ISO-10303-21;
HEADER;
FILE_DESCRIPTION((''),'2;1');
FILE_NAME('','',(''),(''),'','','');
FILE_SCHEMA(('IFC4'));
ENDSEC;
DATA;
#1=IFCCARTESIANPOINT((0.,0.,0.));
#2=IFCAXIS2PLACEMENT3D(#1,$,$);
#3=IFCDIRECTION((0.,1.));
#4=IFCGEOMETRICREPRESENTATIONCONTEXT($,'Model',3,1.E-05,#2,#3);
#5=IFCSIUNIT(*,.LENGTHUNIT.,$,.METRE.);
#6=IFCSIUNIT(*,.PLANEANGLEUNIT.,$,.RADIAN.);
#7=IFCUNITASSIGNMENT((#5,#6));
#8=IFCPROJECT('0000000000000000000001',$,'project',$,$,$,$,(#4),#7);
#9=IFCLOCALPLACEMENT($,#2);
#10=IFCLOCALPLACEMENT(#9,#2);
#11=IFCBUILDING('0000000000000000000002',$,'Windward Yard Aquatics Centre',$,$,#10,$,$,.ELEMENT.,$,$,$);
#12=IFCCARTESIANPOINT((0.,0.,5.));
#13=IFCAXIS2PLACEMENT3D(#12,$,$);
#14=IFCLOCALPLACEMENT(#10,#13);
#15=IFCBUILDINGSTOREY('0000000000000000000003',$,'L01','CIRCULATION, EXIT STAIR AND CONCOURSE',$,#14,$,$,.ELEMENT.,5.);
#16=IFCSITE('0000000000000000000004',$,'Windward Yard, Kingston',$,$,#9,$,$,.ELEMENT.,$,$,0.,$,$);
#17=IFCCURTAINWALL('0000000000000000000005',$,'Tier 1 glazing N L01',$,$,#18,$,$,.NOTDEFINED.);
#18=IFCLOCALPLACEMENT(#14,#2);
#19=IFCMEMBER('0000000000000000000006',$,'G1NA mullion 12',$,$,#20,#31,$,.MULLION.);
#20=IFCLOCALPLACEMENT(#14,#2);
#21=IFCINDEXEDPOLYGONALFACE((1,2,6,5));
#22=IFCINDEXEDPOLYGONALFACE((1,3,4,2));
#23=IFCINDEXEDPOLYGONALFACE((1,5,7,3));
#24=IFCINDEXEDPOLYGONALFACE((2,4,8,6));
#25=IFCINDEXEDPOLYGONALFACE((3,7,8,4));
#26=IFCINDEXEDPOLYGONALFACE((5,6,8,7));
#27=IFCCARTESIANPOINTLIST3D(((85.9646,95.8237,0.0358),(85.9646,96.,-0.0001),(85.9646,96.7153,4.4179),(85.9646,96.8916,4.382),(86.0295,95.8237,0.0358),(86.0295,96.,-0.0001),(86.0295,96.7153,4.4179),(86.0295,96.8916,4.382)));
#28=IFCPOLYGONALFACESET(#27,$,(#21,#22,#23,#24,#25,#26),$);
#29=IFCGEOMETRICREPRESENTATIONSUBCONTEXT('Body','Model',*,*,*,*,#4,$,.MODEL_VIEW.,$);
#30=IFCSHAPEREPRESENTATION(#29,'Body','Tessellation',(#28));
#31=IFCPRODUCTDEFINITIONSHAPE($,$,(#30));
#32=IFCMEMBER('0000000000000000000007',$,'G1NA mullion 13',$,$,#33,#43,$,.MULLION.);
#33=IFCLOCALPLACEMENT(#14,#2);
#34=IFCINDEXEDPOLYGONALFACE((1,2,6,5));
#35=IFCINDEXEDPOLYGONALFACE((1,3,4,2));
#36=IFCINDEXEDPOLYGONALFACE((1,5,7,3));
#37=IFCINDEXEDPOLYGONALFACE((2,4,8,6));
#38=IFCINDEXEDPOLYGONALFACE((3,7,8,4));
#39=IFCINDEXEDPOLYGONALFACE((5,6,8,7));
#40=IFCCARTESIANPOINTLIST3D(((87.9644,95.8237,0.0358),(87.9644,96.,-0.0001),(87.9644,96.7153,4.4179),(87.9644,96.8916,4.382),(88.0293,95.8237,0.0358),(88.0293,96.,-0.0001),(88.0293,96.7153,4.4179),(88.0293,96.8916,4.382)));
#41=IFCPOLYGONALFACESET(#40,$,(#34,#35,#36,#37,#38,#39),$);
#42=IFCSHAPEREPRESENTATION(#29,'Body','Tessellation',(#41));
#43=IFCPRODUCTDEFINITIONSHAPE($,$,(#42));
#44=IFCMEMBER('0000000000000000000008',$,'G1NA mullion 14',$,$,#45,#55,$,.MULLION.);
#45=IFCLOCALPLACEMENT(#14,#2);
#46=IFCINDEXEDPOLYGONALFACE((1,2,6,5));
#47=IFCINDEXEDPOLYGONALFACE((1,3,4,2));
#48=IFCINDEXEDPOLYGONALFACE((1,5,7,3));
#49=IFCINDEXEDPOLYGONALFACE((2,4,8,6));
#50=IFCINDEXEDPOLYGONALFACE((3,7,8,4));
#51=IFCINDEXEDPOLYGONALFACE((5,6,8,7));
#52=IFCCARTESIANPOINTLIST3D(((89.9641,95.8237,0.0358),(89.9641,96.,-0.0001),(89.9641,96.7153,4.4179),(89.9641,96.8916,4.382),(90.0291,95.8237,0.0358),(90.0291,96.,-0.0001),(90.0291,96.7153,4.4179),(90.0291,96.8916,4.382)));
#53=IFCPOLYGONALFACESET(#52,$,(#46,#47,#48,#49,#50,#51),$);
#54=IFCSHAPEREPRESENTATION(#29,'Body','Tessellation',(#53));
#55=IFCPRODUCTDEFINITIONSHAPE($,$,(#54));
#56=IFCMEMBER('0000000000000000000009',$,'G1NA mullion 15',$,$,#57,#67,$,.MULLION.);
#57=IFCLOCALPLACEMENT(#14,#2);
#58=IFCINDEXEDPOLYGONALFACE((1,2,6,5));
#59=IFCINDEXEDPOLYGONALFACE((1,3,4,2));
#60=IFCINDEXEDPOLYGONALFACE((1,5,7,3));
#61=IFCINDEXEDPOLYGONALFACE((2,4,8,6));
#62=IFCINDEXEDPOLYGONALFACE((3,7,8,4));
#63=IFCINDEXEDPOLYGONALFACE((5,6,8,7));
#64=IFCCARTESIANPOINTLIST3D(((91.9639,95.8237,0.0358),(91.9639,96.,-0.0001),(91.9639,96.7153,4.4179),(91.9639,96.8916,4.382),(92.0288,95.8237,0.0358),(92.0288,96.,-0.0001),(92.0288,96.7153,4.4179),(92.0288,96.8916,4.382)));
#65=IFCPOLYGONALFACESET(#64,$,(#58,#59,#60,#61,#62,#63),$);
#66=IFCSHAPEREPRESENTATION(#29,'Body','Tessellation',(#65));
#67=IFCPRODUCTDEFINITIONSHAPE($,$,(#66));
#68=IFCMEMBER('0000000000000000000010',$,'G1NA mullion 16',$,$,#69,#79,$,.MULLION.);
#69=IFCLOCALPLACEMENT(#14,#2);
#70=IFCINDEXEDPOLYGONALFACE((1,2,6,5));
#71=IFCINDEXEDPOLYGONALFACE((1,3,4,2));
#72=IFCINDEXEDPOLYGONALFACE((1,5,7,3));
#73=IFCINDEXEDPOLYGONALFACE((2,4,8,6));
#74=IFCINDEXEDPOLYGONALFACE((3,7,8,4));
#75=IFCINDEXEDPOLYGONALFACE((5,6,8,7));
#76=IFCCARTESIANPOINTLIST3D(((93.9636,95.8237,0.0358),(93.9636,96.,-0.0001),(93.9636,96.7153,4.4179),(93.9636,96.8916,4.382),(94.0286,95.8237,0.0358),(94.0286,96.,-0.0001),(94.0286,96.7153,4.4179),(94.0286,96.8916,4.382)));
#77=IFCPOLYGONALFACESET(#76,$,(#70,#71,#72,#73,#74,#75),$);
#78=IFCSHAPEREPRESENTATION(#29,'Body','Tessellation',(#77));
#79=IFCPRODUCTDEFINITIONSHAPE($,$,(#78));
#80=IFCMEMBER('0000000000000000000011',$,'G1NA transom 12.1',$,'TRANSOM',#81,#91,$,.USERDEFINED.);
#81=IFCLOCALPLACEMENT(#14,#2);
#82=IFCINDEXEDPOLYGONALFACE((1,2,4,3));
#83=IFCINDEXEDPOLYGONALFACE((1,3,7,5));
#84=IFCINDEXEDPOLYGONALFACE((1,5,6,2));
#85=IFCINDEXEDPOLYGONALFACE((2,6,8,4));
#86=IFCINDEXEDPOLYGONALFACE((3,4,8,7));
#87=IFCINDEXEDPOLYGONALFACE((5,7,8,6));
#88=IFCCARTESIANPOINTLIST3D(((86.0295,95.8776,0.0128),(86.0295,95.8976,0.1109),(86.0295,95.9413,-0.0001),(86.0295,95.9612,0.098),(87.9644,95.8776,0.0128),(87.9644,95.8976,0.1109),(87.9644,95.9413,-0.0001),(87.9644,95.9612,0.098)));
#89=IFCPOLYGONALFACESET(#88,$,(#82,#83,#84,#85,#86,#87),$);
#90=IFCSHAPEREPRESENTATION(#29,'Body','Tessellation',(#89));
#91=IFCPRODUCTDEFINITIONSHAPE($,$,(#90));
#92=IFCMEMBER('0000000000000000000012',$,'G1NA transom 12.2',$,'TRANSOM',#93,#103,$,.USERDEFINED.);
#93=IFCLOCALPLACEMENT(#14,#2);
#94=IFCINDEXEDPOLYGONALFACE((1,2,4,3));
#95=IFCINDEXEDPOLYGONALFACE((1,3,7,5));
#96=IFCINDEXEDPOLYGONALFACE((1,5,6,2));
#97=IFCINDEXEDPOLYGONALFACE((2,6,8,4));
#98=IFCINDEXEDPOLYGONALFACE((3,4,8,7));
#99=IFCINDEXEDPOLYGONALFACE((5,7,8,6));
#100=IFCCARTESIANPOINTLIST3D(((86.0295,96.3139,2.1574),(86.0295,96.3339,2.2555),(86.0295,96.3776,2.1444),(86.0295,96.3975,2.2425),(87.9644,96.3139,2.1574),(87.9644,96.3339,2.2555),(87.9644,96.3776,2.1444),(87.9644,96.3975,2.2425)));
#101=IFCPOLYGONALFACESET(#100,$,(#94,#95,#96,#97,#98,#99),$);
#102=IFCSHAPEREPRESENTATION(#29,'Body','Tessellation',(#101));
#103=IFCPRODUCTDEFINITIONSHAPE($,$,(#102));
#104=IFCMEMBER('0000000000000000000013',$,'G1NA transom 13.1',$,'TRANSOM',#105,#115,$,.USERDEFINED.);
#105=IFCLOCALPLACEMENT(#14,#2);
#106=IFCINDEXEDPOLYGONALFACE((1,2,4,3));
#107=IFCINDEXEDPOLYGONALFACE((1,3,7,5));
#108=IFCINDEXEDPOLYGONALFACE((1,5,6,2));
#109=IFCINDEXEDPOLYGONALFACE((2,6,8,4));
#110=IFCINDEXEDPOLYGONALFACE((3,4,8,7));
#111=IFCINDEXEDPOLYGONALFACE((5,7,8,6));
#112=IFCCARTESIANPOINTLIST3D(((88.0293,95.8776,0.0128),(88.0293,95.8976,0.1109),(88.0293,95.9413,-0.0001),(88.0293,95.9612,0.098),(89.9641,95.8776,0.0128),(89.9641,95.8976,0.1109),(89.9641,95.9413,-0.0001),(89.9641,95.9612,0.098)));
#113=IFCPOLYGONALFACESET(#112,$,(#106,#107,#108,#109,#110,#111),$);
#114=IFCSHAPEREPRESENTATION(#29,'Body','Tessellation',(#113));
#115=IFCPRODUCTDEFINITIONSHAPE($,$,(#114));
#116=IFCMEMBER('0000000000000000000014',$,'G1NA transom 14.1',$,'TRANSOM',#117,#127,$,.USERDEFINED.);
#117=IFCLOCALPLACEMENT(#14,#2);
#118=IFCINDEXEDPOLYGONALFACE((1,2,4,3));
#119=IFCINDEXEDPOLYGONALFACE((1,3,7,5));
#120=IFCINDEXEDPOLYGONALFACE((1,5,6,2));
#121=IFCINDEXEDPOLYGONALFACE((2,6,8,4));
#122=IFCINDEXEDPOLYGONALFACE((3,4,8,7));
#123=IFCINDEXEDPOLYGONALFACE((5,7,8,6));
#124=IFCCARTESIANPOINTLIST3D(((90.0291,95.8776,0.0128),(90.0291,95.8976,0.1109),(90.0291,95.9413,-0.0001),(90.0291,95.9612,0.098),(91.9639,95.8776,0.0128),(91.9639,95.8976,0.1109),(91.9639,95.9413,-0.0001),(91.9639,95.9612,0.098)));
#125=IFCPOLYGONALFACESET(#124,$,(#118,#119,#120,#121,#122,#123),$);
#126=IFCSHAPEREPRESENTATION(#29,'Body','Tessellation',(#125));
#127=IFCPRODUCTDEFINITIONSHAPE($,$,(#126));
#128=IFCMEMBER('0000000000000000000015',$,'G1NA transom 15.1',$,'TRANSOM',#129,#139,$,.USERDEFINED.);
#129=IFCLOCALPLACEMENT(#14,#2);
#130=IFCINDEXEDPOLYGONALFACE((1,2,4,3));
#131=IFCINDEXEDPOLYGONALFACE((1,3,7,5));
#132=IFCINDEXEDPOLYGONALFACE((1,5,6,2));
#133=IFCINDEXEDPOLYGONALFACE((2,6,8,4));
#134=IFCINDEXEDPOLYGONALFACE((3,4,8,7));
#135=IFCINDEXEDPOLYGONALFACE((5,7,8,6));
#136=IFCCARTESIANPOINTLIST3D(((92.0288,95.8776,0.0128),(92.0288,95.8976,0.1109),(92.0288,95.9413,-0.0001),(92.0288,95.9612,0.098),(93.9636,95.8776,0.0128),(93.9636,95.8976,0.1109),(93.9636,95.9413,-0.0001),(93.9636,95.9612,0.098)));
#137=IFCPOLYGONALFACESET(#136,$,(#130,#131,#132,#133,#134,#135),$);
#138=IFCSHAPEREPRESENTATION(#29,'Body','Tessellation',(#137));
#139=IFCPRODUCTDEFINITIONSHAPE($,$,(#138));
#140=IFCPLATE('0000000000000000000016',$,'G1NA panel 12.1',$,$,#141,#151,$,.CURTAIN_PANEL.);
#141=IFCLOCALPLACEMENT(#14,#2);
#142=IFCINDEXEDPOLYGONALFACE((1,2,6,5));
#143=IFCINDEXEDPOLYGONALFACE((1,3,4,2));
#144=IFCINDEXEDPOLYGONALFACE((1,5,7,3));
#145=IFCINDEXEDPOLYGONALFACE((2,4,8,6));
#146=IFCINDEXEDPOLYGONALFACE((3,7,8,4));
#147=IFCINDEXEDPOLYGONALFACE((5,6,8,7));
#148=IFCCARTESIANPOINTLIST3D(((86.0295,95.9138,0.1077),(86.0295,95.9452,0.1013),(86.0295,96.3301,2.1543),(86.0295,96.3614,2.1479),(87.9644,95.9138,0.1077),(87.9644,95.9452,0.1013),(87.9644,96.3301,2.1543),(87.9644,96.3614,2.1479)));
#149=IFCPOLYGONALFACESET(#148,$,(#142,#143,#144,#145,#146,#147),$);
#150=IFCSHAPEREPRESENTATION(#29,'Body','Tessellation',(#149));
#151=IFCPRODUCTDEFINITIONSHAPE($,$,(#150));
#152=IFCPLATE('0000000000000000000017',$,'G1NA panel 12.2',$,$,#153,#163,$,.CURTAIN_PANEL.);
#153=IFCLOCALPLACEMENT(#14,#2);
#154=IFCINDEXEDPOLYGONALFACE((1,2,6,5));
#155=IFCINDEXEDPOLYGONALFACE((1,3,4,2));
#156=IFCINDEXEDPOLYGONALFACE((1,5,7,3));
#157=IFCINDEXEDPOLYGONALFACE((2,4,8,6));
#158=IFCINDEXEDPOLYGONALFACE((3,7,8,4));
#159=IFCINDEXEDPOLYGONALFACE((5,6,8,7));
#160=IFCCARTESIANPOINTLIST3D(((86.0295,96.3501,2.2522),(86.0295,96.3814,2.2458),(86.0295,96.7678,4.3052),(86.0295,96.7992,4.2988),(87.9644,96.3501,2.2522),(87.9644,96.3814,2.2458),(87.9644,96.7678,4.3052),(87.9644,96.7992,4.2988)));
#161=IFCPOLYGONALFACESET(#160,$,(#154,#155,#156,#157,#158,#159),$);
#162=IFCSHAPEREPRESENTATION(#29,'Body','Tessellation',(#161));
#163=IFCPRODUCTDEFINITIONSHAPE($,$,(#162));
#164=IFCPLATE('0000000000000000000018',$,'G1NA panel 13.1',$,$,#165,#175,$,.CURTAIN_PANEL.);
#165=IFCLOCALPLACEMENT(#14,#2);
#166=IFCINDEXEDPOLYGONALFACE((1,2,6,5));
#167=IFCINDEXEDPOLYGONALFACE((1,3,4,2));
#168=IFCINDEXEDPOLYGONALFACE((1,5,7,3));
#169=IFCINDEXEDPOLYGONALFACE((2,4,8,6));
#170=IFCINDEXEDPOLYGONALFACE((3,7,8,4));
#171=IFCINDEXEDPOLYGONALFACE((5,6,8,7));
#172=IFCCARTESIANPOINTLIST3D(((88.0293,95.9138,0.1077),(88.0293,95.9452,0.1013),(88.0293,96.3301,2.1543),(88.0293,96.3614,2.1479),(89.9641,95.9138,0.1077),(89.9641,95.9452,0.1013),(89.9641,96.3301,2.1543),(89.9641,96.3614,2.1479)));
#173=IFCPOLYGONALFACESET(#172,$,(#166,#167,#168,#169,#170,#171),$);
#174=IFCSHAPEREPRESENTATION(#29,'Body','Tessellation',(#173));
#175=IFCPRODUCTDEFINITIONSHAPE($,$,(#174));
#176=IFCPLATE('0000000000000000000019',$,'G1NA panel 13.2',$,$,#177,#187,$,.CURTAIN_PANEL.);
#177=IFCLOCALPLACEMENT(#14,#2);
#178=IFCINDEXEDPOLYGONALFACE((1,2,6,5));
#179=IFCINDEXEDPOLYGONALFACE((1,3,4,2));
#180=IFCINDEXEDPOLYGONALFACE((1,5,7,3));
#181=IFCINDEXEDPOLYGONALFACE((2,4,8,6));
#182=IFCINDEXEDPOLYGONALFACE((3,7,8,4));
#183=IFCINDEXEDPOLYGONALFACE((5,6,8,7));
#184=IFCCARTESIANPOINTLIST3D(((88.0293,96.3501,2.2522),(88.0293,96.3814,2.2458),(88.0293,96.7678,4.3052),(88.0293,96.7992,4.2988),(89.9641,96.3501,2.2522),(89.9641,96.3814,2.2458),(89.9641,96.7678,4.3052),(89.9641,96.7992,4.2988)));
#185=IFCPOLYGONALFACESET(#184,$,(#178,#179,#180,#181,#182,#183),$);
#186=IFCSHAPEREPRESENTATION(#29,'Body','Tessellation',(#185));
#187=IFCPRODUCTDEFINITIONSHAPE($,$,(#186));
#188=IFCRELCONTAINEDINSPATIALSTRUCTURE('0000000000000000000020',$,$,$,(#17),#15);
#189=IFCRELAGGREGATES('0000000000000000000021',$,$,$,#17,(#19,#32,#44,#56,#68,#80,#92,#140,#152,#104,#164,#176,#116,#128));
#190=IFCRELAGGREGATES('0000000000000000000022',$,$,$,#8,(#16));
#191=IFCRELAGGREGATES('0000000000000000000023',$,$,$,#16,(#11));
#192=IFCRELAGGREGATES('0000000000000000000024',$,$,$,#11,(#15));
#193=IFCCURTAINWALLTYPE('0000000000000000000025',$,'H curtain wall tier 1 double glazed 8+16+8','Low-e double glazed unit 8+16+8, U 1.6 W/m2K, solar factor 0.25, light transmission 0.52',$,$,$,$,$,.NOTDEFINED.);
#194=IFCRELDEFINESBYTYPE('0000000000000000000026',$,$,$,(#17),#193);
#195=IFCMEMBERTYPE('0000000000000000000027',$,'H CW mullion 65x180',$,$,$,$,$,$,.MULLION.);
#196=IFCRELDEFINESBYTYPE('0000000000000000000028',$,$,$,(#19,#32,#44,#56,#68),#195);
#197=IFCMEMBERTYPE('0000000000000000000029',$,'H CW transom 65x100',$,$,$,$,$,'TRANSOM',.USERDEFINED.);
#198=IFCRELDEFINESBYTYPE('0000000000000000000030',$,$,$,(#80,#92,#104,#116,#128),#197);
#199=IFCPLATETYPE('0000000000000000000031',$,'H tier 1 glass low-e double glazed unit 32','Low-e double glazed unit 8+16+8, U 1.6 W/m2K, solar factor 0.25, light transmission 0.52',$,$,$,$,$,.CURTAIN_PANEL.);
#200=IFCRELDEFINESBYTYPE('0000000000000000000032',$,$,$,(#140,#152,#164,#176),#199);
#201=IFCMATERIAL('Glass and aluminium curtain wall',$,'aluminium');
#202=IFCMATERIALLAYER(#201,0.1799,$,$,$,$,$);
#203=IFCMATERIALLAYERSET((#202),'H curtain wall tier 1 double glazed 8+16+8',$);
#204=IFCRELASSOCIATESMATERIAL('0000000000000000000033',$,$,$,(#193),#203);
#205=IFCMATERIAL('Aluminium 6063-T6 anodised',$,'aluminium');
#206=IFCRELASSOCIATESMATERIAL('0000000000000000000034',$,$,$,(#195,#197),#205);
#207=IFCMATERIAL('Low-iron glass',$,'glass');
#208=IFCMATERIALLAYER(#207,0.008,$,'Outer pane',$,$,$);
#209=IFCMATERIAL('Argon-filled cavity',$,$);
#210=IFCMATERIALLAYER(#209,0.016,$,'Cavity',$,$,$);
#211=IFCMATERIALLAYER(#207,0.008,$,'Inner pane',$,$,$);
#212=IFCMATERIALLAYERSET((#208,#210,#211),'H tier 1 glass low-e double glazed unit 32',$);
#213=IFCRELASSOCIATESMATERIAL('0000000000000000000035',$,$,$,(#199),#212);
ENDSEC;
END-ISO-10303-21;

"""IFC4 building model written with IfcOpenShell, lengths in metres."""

from ifc_helpers import new_model, si_unit, direction, frame, origin, origin_2d, place, context, subcontext, project, spatial, polyline, rectangle, outline, extrude, material, layer, layer_set, material_profile, profile_set, type_object, element, aggregate, save


model = new_model("IFC4")

# Units and contexts
model_context = context("Model", 3, precision=1e-05, world=origin(), true_north=direction((0.0, 1.0)))
body_context = subcontext(model_context, "Body", "Model", "MODEL_VIEW")
ifc_project = project(units=[si_unit("LENGTHUNIT", "METRE"), si_unit("PLANEANGLEUNIT", "RADIAN")], contexts=[model_context])

# Site, building, storey
site_placement = place(None, origin())
site = spatial("IfcSite", under=ifc_project, at=site_placement, Name="Windward Yard, Kingston", CompositionType="ELEMENT", RefElevation=0.0)
building_placement = place(site_placement, origin())
building = spatial("IfcBuilding", under=site, at=building_placement, Name="Windward Yard Aquatics Centre", CompositionType="ELEMENT")
storey_placement = place(building_placement, frame((0.0, 0.0, 5.0)))
storey = spatial("IfcBuildingStorey", under=building, at=storey_placement, Name="L01", Description="CIRCULATION, EXIT STAIR AND CONCOURSE", CompositionType="ELEMENT", Elevation=5.0)

# Curtain wall, members, plates
ifc_material_1 = material(Name="Glass and aluminium curtain wall", Category="aluminium")
ifc_layer_1 = layer(ifc_material_1, 0.1799)
ifc_layer_set_1 = layer_set([ifc_layer_1], Name="H curtain wall tier 1 double glazed 8+16+8")
curtain_wall_type = type_object("IfcCurtainWallType", Name="H curtain wall tier 1 double glazed 8+16+8", Description="Low-e double glazed unit 8+16+8, U 1.6 W/m2K, solar factor 0.25, light transmission 0.52", PredefinedType="NOTDEFINED", material=ifc_layer_set_1)
curtain_wall_placement = place(storey_placement, origin())
curtain_wall = element("IfcCurtainWall", 1, at=curtain_wall_placement, inside=storey, type_object=curtain_wall_type, Name="Tier 1 glazing N L01", PredefinedType="NOTDEFINED")
ifc_material_2 = material(Name="Aluminium 6063-T6 anodised", Category="aluminium")
ifc_material_profile_1 = material_profile(ifc_material_2, rectangle(XDim=0.0649, YDim=0.1799, at=origin_2d()), Name="H CW mullion 65x180")
ifc_profile_set_1 = profile_set([ifc_material_profile_1], Name="Aluminium 6063-T6 anodised")
member_type_1 = type_object("IfcMemberType", Name="H CW mullion 65x180", PredefinedType="MULLION", material=ifc_profile_set_1)
member_1_placement = place(storey_placement, frame((85.9971, 95.9119, 0.0178), z_axis=(0.0, 0.19938, 0.979922), x_axis=(-1.0, 0.0, 0.0)))
member_1 = element("IfcMember", 2, at=member_1_placement, type_object=member_type_1, Name="G1NA mullion 12", PredefinedType="MULLION", context=body_context, shape_type="SweptSolid", body=[
    extrude(rectangle(XDim=0.0649, YDim=0.1799, at=origin_2d()), origin(), (0.0, 0.0, 1.0), 4.4719),
])
member_2_placement = place(storey_placement, frame((87.9968, 95.9119, 0.0178), z_axis=(0.0, 0.19938, 0.979922), x_axis=(-1.0, 0.0, 0.0)))
member_2 = element("IfcMember", 3, at=member_2_placement, type_object=member_type_1, Name="G1NA mullion 13", PredefinedType="MULLION", context=body_context, shape_type="SweptSolid", body=[
    extrude(rectangle(XDim=0.0649, YDim=0.1799, at=origin_2d()), origin(), (0.0, 0.0, 1.0), 4.4719),
])
member_3_placement = place(storey_placement, frame((89.9966, 95.9119, 0.0178), z_axis=(0.0, 0.19938, 0.979922), x_axis=(-1.0, 0.0, 0.0)))
member_3 = element("IfcMember", 4, at=member_3_placement, type_object=member_type_1, Name="G1NA mullion 14", PredefinedType="MULLION", context=body_context, shape_type="SweptSolid", body=[
    extrude(rectangle(XDim=0.0649, YDim=0.1799, at=origin_2d()), origin(), (0.0, 0.0, 1.0), 4.4719),
])
member_4_placement = place(storey_placement, frame((91.9963, 95.9119, 0.0178), z_axis=(0.0, 0.19938, 0.979922), x_axis=(-1.0, 0.0, 0.0)))
member_4 = element("IfcMember", 5, at=member_4_placement, type_object=member_type_1, Name="G1NA mullion 15", PredefinedType="MULLION", context=body_context, shape_type="SweptSolid", body=[
    extrude(rectangle(XDim=0.0649, YDim=0.1799, at=origin_2d()), origin(), (0.0, 0.0, 1.0), 4.4719),
])
member_5_placement = place(storey_placement, frame((93.9961, 95.9119, 0.0178), z_axis=(0.0, 0.19938, 0.979922), x_axis=(-1.0, 0.0, 0.0)))
member_5 = element("IfcMember", 6, at=member_5_placement, type_object=member_type_1, Name="G1NA mullion 16", PredefinedType="MULLION", context=body_context, shape_type="SweptSolid", body=[
    extrude(rectangle(XDim=0.0649, YDim=0.1799, at=origin_2d()), origin(), (0.0, 0.0, 1.0), 4.4719),
])
ifc_material_profile_2 = material_profile(ifc_material_2, rectangle(XDim=0.0649, YDim=0.1001, at=origin_2d()), Name="H CW transom 65x100")
ifc_profile_set_2 = profile_set([ifc_material_profile_2], Name="Aluminium 6063-T6 anodised")
member_type_2 = type_object("IfcMemberType", Name="H CW transom 65x100", ElementType="TRANSOM", PredefinedType="USERDEFINED", material=ifc_profile_set_2)
member_6_placement = place(storey_placement, frame((86.0295, 95.9194, 0.0554), z_axis=(1.0, 0.0, 0.0), x_axis=(0.0, -0.979925, 0.199368)))
member_6 = element("IfcMember", 7, at=member_6_placement, type_object=member_type_2, Name="G1NA transom 12.1", ObjectType="TRANSOM", PredefinedType="USERDEFINED", context=body_context, shape_type="SweptSolid", body=[
    extrude(rectangle(XDim=0.0649, YDim=0.1001, at=origin_2d()), origin(), (0.0, 0.0, 1.0), 1.9348),
])
member_7_placement = place(storey_placement, frame((86.0295, 96.3557, 2.2), z_axis=(1.0, 0.0, 0.0), x_axis=(0.0, -0.979925, 0.199368)))
member_7 = element("IfcMember", 8, at=member_7_placement, type_object=member_type_2, Name="G1NA transom 12.2", ObjectType="TRANSOM", PredefinedType="USERDEFINED", context=body_context, shape_type="SweptSolid", body=[
    extrude(rectangle(XDim=0.0649, YDim=0.1001, at=origin_2d()), origin(), (0.0, 0.0, 1.0), 1.9348),
])
member_8_placement = place(storey_placement, frame((88.0293, 95.9194, 0.0554), z_axis=(1.0, 0.0, 0.0), x_axis=(0.0, -0.979925, 0.199368)))
member_8 = element("IfcMember", 9, at=member_8_placement, type_object=member_type_2, Name="G1NA transom 13.1", ObjectType="TRANSOM", PredefinedType="USERDEFINED", context=body_context, shape_type="SweptSolid", body=[
    extrude(rectangle(XDim=0.0649, YDim=0.1001, at=origin_2d()), origin(), (0.0, 0.0, 1.0), 1.9348),
])
member_9_placement = place(storey_placement, frame((90.0291, 95.9194, 0.0554), z_axis=(1.0, 0.0, 0.0), x_axis=(0.0, -0.979925, 0.199368)))
member_9 = element("IfcMember", 10, at=member_9_placement, type_object=member_type_2, Name="G1NA transom 14.1", ObjectType="TRANSOM", PredefinedType="USERDEFINED", context=body_context, shape_type="SweptSolid", body=[
    extrude(rectangle(XDim=0.0649, YDim=0.1001, at=origin_2d()), origin(), (0.0, 0.0, 1.0), 1.9348),
])
member_10_placement = place(storey_placement, frame((92.0288, 95.9194, 0.0554), z_axis=(1.0, 0.0, 0.0), x_axis=(0.0, -0.979925, 0.199368)))
member_10 = element("IfcMember", 11, at=member_10_placement, type_object=member_type_2, Name="G1NA transom 15.1", ObjectType="TRANSOM", PredefinedType="USERDEFINED", context=body_context, shape_type="SweptSolid", body=[
    extrude(rectangle(XDim=0.0649, YDim=0.1001, at=origin_2d()), origin(), (0.0, 0.0, 1.0), 1.9348),
])
ifc_material_3 = material(Name="Low-iron glass", Category="glass")
ifc_layer_2 = layer(ifc_material_3, 0.008, Name="Outer pane")
ifc_material_4 = material(Name="Argon-filled cavity")
ifc_layer_3 = layer(ifc_material_4, 0.016, Name="Cavity")
ifc_layer_4 = layer(ifc_material_3, 0.008, Name="Inner pane")
ifc_layer_set_2 = layer_set([ifc_layer_2, ifc_layer_3, ifc_layer_4], Name="H tier 1 glass low-e double glazed unit 32")
plate_type = type_object("IfcPlateType", Name="H tier 1 glass low-e double glazed unit 32", Description="Low-e double glazed unit 8+16+8, U 1.6 W/m2K, solar factor 0.25, light transmission 0.52", PredefinedType="CURTAIN_PANEL", material=ifc_layer_set_2)
plate_1_placement = place(storey_placement, frame((86.0295, 95.9138, 0.1077), z_axis=(0.0, -0.979937, 0.199307), x_axis=(1.0, 0.0, 0.0)))
plate_1 = element("IfcPlate", 12, at=plate_1_placement, type_object=plate_type, Name="G1NA panel 12.1", PredefinedType="CURTAIN_PANEL", context=body_context, shape_type="SweptSolid", body=[
    extrude(outline(polyline([(0.0, 0.0), (1.9348, 0.0), (1.9348, 2.0885), (0.0, 2.0885), (0.0, 0.0)])), origin(), (0.0, 0.0, -1.0), 0.032),
])
plate_2_placement = place(storey_placement, frame((86.0295, 96.3501, 2.2522), z_axis=(0.0, -0.979921, 0.199387), x_axis=(1.0, 0.0, 0.0)))
plate_2 = element("IfcPlate", 13, at=plate_2_placement, type_object=plate_type, Name="G1NA panel 12.2", PredefinedType="CURTAIN_PANEL", context=body_context, shape_type="SweptSolid", body=[
    extrude(outline(polyline([(0.0, 0.0), (1.9348, 0.0), (1.9348, 2.095), (0.0, 2.095), (0.0, 0.0)])), origin(), (0.0, 0.0, -1.0), 0.032),
])
plate_3_placement = place(storey_placement, frame((88.0293, 95.9138, 0.1077), z_axis=(0.0, -0.979937, 0.199307), x_axis=(1.0, 0.0, 0.0)))
plate_3 = element("IfcPlate", 14, at=plate_3_placement, type_object=plate_type, Name="G1NA panel 13.1", PredefinedType="CURTAIN_PANEL", context=body_context, shape_type="SweptSolid", body=[
    extrude(outline(polyline([(0.0, 0.0), (1.9348, 0.0), (1.9348, 2.0885), (0.0, 2.0885), (0.0, 0.0)])), origin(), (0.0, 0.0, -1.0), 0.032),
])
plate_4_placement = place(storey_placement, frame((88.0293, 96.3501, 2.2522), z_axis=(0.0, -0.979921, 0.199387), x_axis=(1.0, 0.0, 0.0)))
plate_4 = element("IfcPlate", 15, at=plate_4_placement, type_object=plate_type, Name="G1NA panel 13.2", PredefinedType="CURTAIN_PANEL", context=body_context, shape_type="SweptSolid", body=[
    extrude(outline(polyline([(0.0, 0.0), (1.9348, 0.0), (1.9348, 2.095), (0.0, 2.095), (0.0, 0.0)])), origin(), (0.0, 0.0, -1.0), 0.032),
])
aggregate(curtain_wall, [member_1, member_2, member_3, member_4, member_5, member_6, member_7, plate_1, plate_2, member_8, plate_3, plate_4, member_9, member_10])

save(model, "model.ifc")
